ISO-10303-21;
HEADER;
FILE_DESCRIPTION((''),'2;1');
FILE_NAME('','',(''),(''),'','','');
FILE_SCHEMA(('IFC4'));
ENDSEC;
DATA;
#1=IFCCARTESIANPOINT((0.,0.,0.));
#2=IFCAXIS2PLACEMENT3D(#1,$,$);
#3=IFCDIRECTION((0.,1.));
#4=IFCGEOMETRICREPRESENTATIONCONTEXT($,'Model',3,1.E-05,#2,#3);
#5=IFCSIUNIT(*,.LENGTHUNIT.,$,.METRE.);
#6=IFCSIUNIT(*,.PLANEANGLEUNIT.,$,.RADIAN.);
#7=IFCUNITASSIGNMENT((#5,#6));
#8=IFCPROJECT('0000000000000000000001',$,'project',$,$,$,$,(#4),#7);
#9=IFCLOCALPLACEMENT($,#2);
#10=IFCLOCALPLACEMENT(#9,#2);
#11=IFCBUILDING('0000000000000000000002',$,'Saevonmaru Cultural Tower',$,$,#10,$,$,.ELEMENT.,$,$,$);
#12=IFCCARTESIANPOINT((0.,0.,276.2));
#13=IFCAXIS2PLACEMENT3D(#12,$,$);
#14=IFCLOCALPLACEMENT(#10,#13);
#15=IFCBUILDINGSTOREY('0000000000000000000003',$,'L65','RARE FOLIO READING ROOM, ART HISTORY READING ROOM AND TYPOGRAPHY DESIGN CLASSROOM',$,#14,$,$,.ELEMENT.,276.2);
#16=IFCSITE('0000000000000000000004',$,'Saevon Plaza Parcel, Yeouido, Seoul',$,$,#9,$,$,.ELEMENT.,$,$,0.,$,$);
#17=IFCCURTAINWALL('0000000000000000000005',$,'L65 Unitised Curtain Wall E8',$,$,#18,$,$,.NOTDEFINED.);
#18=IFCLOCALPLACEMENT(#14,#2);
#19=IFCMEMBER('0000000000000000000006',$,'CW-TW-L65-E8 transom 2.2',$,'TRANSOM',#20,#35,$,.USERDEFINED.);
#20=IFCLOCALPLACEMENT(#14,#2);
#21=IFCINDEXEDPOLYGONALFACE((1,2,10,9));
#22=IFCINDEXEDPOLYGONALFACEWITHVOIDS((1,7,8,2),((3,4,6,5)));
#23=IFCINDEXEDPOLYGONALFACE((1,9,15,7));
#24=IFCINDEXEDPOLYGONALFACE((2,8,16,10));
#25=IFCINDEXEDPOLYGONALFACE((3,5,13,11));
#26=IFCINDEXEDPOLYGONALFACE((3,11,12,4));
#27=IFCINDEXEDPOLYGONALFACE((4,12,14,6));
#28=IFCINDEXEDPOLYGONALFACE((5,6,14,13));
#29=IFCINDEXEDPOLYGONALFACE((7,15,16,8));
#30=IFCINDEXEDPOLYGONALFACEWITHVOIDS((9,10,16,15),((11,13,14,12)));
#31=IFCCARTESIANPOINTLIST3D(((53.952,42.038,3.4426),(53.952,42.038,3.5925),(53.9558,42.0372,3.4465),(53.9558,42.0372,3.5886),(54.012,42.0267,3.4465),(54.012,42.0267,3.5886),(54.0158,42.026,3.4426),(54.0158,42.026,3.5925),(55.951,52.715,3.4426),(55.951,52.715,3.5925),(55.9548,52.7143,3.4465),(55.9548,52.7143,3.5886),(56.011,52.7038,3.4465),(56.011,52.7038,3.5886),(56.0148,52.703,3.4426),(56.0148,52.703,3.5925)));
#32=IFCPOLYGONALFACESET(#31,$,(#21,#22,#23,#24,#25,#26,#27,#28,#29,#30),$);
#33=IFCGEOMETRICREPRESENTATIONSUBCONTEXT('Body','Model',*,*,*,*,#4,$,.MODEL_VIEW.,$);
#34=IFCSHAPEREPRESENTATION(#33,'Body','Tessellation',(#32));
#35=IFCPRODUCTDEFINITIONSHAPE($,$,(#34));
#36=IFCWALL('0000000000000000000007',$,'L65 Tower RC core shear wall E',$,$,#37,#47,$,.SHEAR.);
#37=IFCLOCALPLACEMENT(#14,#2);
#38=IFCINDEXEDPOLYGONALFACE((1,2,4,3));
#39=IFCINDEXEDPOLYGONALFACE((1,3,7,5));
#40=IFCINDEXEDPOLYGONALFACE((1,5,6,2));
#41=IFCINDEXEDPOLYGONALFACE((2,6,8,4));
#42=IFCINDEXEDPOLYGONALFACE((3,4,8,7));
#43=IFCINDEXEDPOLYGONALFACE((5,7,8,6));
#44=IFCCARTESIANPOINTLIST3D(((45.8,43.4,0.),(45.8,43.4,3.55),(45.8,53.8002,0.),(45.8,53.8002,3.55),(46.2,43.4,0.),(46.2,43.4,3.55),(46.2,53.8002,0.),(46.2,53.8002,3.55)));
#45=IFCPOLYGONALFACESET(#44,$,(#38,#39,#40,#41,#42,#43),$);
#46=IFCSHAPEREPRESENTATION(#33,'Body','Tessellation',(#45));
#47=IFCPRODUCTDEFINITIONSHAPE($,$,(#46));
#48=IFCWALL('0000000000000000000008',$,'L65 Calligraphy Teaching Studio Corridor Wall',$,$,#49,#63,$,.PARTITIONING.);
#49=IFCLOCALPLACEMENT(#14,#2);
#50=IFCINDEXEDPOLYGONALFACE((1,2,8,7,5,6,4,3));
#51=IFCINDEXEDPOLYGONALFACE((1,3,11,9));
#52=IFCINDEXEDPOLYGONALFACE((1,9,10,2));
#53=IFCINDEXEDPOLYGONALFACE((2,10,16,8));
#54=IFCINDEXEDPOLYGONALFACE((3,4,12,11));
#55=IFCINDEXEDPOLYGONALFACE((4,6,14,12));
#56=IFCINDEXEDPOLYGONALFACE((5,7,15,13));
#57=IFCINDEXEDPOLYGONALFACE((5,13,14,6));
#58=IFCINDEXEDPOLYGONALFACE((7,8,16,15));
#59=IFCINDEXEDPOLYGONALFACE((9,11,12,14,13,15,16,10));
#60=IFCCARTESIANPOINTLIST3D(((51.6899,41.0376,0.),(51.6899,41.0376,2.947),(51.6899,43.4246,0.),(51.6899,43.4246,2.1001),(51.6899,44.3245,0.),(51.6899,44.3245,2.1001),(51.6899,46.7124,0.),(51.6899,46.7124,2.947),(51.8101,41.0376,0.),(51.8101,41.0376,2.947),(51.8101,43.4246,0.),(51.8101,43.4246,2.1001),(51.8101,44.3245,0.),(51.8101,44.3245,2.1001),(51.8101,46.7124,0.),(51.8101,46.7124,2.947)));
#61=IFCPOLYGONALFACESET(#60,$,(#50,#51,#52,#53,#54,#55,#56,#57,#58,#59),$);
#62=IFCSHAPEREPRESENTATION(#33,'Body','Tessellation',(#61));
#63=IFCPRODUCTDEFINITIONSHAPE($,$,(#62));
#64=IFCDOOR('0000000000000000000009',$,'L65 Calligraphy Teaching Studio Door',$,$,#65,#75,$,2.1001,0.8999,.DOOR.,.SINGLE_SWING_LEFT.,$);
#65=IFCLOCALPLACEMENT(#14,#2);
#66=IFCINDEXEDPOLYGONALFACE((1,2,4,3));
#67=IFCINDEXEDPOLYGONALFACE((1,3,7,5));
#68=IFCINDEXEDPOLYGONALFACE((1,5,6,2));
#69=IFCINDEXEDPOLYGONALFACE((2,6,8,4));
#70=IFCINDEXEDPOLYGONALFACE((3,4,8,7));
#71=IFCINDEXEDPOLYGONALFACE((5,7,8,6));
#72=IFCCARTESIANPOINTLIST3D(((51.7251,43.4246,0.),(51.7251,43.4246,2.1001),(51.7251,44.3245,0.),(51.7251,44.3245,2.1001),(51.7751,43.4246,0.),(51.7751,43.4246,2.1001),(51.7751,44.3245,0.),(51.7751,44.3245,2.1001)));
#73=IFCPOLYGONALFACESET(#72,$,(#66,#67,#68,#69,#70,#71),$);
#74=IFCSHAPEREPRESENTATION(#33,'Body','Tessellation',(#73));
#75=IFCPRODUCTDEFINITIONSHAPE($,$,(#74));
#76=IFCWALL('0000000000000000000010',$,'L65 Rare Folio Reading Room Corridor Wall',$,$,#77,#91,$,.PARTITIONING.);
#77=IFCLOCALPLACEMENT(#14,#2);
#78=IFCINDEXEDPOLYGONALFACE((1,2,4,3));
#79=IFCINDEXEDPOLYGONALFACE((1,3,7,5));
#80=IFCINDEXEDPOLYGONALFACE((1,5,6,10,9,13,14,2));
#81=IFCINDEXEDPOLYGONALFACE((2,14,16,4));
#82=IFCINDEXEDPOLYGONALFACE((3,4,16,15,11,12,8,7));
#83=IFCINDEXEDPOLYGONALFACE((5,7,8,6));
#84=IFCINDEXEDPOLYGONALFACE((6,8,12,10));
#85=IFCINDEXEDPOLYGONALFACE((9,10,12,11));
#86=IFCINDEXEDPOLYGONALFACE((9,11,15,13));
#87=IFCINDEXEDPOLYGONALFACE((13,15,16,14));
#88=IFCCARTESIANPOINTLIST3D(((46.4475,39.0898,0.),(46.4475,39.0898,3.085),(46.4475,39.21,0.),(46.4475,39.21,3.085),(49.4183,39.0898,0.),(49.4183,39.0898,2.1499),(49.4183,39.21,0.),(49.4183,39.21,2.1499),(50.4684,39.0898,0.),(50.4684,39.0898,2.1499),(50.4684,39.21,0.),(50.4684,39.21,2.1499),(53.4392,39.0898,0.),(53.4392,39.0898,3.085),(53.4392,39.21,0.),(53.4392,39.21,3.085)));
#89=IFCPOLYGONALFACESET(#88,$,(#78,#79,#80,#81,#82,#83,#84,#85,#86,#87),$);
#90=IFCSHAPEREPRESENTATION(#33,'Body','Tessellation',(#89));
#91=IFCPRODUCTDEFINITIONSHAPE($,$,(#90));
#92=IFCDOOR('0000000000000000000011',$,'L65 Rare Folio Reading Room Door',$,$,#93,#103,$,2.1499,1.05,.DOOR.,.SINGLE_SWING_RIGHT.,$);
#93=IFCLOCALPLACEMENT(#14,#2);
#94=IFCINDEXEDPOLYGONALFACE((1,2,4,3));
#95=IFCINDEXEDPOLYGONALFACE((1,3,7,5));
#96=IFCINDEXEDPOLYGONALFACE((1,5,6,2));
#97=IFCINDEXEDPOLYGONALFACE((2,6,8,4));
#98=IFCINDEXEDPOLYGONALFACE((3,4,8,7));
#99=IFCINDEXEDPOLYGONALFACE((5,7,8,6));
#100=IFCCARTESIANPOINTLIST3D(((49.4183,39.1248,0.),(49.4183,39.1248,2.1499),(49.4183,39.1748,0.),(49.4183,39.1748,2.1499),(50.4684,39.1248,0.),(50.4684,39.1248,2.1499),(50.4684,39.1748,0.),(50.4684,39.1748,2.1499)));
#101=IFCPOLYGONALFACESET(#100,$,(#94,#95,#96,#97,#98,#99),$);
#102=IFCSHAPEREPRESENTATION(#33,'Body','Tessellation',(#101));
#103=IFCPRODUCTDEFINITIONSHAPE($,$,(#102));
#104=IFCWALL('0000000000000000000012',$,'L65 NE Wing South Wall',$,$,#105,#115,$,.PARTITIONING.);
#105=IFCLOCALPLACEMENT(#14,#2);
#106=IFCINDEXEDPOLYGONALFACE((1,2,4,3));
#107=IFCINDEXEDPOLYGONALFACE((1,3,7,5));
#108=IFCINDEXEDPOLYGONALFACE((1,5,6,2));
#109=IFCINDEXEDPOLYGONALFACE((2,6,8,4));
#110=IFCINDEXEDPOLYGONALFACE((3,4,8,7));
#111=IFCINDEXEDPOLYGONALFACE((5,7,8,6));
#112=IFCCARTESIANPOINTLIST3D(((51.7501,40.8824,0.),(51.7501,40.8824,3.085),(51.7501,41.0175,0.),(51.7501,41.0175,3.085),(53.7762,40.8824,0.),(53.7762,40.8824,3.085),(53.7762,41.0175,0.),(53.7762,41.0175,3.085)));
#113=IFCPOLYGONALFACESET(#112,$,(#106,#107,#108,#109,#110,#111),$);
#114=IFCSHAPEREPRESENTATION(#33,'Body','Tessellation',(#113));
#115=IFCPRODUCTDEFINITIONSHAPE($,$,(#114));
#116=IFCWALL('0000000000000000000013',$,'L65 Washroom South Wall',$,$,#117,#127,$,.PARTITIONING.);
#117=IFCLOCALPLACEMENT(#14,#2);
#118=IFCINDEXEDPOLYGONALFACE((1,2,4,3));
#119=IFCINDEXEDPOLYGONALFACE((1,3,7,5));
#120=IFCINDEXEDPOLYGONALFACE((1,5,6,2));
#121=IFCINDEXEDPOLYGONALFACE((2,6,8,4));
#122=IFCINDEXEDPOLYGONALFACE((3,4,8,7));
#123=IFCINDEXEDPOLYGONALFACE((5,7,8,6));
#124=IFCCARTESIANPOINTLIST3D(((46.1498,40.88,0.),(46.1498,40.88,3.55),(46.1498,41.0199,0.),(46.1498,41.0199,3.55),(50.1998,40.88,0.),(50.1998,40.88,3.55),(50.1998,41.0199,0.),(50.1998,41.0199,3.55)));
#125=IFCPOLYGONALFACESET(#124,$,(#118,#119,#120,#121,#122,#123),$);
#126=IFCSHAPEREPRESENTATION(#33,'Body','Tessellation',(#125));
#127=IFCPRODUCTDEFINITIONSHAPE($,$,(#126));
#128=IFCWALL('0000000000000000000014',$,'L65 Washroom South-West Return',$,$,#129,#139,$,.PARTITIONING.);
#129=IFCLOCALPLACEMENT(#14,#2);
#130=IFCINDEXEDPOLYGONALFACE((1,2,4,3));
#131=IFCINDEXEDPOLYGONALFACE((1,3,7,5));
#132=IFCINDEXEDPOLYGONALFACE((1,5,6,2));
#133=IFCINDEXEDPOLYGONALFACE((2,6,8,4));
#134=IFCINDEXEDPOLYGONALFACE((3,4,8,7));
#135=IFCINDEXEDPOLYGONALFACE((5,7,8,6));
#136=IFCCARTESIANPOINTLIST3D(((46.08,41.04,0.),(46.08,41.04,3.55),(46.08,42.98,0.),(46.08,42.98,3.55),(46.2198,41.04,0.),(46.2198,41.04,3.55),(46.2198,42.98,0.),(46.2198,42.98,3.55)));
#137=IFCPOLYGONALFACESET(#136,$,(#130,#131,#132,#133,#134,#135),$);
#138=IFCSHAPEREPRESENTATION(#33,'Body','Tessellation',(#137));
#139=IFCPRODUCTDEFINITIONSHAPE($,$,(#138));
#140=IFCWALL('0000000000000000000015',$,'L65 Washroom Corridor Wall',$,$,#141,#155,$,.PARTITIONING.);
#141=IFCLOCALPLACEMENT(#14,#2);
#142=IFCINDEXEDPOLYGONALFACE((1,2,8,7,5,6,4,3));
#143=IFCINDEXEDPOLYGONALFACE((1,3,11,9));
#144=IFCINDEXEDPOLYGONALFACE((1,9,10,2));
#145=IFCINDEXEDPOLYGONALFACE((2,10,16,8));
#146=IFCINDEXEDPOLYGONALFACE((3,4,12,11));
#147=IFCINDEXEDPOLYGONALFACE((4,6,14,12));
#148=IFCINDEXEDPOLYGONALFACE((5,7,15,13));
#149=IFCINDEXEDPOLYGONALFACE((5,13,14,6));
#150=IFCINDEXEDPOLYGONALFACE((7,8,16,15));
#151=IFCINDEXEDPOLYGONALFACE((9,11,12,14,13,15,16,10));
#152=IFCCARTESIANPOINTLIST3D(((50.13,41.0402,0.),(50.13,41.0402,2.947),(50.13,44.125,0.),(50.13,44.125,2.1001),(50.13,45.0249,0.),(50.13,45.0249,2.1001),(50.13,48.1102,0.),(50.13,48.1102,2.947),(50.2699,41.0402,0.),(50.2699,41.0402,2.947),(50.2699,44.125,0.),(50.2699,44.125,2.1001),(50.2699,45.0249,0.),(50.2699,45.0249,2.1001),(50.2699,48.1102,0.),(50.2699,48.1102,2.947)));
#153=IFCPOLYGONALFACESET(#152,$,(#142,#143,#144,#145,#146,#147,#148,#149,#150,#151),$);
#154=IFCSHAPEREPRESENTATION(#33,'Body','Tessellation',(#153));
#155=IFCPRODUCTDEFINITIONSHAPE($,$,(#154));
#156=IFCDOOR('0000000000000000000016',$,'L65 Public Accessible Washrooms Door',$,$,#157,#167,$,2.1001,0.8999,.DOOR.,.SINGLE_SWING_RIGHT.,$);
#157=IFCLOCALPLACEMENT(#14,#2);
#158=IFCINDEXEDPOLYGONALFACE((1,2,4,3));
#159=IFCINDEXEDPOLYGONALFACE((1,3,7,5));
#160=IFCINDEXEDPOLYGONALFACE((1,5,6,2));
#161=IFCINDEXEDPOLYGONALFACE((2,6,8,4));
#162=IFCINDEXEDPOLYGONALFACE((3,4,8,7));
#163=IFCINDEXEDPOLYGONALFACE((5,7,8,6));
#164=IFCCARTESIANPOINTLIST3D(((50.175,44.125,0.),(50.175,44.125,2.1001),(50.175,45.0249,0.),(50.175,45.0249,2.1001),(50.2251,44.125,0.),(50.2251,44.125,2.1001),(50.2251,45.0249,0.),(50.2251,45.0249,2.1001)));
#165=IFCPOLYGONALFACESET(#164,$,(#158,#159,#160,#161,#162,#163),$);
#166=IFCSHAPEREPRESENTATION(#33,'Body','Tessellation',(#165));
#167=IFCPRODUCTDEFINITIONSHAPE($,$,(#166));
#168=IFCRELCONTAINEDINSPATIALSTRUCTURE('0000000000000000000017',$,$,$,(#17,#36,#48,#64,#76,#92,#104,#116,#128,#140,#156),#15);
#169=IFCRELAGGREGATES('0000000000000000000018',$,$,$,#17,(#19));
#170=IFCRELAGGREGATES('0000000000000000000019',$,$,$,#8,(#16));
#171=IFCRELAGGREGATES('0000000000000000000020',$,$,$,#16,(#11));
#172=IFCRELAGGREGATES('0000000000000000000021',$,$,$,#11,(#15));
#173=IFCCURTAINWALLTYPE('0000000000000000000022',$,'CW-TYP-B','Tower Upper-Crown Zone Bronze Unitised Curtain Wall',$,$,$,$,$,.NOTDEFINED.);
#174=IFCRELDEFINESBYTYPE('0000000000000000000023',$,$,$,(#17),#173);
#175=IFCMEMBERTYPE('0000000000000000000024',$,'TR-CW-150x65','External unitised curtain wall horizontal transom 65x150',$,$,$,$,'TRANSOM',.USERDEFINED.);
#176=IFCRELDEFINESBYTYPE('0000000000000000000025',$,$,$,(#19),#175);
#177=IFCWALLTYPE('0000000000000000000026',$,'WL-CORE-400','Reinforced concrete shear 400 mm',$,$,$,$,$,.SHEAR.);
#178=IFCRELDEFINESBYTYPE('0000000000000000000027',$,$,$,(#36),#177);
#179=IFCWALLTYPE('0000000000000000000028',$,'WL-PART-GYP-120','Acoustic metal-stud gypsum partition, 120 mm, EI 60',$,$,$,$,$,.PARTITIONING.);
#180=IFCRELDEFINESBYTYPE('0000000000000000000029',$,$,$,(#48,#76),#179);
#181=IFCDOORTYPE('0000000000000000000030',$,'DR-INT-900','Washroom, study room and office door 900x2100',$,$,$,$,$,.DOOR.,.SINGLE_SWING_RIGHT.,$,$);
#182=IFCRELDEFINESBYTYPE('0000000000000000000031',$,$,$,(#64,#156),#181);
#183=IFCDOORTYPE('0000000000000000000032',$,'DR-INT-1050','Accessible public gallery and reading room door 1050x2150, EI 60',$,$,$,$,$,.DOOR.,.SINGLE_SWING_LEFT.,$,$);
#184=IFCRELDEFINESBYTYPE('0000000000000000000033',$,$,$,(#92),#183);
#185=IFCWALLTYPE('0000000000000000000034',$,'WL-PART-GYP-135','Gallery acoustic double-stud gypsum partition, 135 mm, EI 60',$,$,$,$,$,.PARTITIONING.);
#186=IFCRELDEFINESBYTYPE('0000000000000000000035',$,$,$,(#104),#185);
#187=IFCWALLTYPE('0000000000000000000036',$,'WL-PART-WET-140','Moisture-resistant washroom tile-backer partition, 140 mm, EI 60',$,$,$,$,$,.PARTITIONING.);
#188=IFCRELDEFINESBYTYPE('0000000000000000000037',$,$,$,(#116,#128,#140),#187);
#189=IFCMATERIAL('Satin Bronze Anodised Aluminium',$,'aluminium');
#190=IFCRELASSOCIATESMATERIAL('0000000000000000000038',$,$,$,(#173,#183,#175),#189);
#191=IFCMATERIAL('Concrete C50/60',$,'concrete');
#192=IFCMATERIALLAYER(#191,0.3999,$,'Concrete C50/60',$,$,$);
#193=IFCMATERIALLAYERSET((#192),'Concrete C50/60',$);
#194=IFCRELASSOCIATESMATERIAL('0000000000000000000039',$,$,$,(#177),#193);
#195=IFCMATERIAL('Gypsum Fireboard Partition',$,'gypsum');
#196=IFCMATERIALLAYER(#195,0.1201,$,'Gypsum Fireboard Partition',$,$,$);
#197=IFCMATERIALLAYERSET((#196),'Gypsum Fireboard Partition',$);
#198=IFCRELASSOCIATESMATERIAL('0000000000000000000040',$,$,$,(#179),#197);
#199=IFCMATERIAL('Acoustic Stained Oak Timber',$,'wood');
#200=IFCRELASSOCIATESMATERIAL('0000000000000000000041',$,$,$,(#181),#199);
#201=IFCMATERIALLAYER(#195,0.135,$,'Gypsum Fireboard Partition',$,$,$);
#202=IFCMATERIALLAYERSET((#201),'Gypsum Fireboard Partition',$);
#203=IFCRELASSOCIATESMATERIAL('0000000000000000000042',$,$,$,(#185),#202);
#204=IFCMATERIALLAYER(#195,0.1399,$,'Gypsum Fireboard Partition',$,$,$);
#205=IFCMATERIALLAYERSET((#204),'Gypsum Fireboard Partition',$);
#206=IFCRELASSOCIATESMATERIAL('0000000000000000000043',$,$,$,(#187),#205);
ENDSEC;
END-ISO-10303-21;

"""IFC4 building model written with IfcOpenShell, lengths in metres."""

from ifc_helpers import new_model, si_unit, direction, frame, frame_2d, origin, origin_2d, place, context, subcontext, project, spatial, rectangle, hollow_rectangle, extrude, material, layer, layer_set, material_profile, profile_set, type_object, element, fill, aggregate, save


model = new_model("IFC4")

# Units and contexts
model_context = context("Model", 3, precision=1e-05, world=origin(), true_north=direction((0.0, 1.0)))
body_context = subcontext(model_context, "Body", "Model", "MODEL_VIEW")
ifc_project = project(units=[si_unit("LENGTHUNIT", "METRE"), si_unit("PLANEANGLEUNIT", "RADIAN")], contexts=[model_context])

# Site, building, storey
site_placement = place(None, origin())
site = spatial("IfcSite", under=ifc_project, at=site_placement, Name="Saevon Plaza Parcel, Yeouido, Seoul", CompositionType="ELEMENT", RefElevation=0.0)
building_placement = place(site_placement, origin())
building = spatial("IfcBuilding", under=site, at=building_placement, Name="Saevonmaru Cultural Tower", CompositionType="ELEMENT")
storey_placement = place(building_placement, frame((0.0, 0.0, 276.2)))
storey = spatial("IfcBuildingStorey", under=building, at=storey_placement, Name="L65", Description="RARE FOLIO READING ROOM, ART HISTORY READING ROOM AND TYPOGRAPHY DESIGN CLASSROOM", CompositionType="ELEMENT", Elevation=276.2)

# Curtain wall, member
ifc_material_1 = material(Name="Satin Bronze Anodised Aluminium", Category="aluminium")
curtain_wall_type = type_object("IfcCurtainWallType", Name="CW-TYP-B", Description="Tower Upper-Crown Zone Bronze Unitised Curtain Wall", PredefinedType="NOTDEFINED", material=ifc_material_1)
curtain_wall_placement = place(storey_placement, origin())
curtain_wall = element("IfcCurtainWall", 1, at=curtain_wall_placement, inside=storey, type_object=curtain_wall_type, Name="L65 Unitised Curtain Wall E8", PredefinedType="NOTDEFINED")
ifc_material_profile_1 = material_profile(ifc_material_1, hollow_rectangle(XDim=0.0649, YDim=0.1499, WallThickness=0.0039, at=origin_2d()), Name="ALU-TRAN-150x65x4")
ifc_profile_set_1 = profile_set([ifc_material_profile_1], Name="Satin Bronze Anodised Aluminium")
member_type_1 = type_object("IfcMemberType", Name="TR-CW-150x65", Description="External unitised curtain wall horizontal transom 65x150", ElementType="TRANSOM", PredefinedType="USERDEFINED", material=ifc_profile_set_1)
member_1_placement = place(storey_placement, frame((53.9839, 42.032, 3.5176), z_axis=(0.184029, 0.982921, 0.0), x_axis=(-0.982921, 0.184029, 0.0)))
member_1 = element("IfcMember", 2, at=member_1_placement, type_object=member_type_1, Name="CW-TW-L65-E8 transom 2.2", ObjectType="TRANSOM", PredefinedType="USERDEFINED", context=body_context, shape_type="SweptSolid", body=[
    extrude(hollow_rectangle(XDim=0.0649, YDim=0.1499, WallThickness=0.0039, at=origin_2d()), origin(), (0.0, 0.0, 1.0), 10.8625),
])
aggregate(curtain_wall, [member_1])

# Wall
ifc_material_2 = material(Name="Concrete C50/60", Category="concrete")
ifc_layer_1 = layer(ifc_material_2, 0.3999, Name="Concrete C50/60")
ifc_layer_set_1 = layer_set([ifc_layer_1], Name="Concrete C50/60")
wall_type_1 = type_object("IfcWallType", Name="WL-CORE-400", Description="Reinforced concrete shear 400 mm", PredefinedType="SHEAR", material=ifc_layer_set_1)
wall_1_placement = place(storey_placement, frame((46.0, 43.3999, 0.0), z_axis=(0.0, 0.0, 1.0), x_axis=(0.0, 1.0, 0.0)))
element("IfcWall", 3, at=wall_1_placement, inside=storey, type_object=wall_type_1, Name="L65 Tower RC core shear wall E", PredefinedType="SHEAR", context=body_context, shape_type="SweptSolid", body=[
    extrude(rectangle(XDim=10.4001, YDim=0.3999, at=frame_2d((5.2002, 0.0))), origin(), (0.0, 0.0, 1.0), 3.55),
])

# Walls, openings, doors
ifc_material_3 = material(Name="Gypsum Fireboard Partition", Category="gypsum")
door_type_1 = type_object("IfcDoorType", Name="DR-INT-1050", Description="Accessible public gallery and reading room door 1050x2150, EI 60", OperationType="SINGLE_SWING_LEFT", PredefinedType="DOOR", material=ifc_material_1)
ifc_layer_2 = layer(ifc_material_3, 0.1201, Name="Gypsum Fireboard Partition")
ifc_layer_set_2 = layer_set([ifc_layer_2], Name="Gypsum Fireboard Partition")
wall_type_2 = type_object("IfcWallType", Name="WL-PART-GYP-120", Description="Acoustic metal-stud gypsum partition, 120 mm, EI 60", PredefinedType="PARTITIONING", material=ifc_layer_set_2)
wall_2_placement = place(storey_placement, frame((51.75, 41.0376, 0.0), z_axis=(0.0, 0.0, 1.0), x_axis=(0.0, 1.0, 0.0)))
wall_2 = element("IfcWall", 4, at=wall_2_placement, inside=storey, type_object=wall_type_2, Name="L65 Calligraphy Teaching Studio Corridor Wall", PredefinedType="PARTITIONING", context=body_context, shape_type="SweptSolid", body=[
    extrude(rectangle(XDim=5.6748, YDim=0.1201, at=frame_2d((2.8374, 0.0))), origin(), (0.0, 0.0, 1.0), 2.947),
])
opening_1_placement = place(wall_2_placement, frame((2.387, 0.0, 0.0)))
opening_1 = element("IfcOpeningElement", 5, at=opening_1_placement, cuts=wall_2, PredefinedType="OPENING", context=body_context, shape_type="SweptSolid", body=[
    extrude(rectangle(XDim=0.8999, YDim=2.1001, at=frame_2d((0.45, 1.05))), frame((0.0, 0.0701, 0.0), z_axis=(0.0, -1.0, 0.0), x_axis=(1.0, 0.0, 0.0)), (0.0, 0.0, 1.0), 0.1401),
])
ifc_material_4 = material(Name="Acoustic Stained Oak Timber", Category="wood")
door_type_2 = type_object("IfcDoorType", Name="DR-INT-900", Description="Washroom, study room and office door 900x2100", OperationType="SINGLE_SWING_RIGHT", PredefinedType="DOOR", material=ifc_material_4)
door_1_placement = place(opening_1_placement, origin())
door_1 = element("IfcDoor", 6, at=door_1_placement, inside=storey, type_object=door_type_2, Name="L65 Calligraphy Teaching Studio Door", OperationType="SINGLE_SWING_LEFT", OverallHeight=2.1001, OverallWidth=0.8999, PredefinedType="DOOR", context=body_context, shape_type="SweptSolid", body=[
    extrude(rectangle(XDim=0.8999, YDim=2.1001, at=frame_2d((0.45, 1.05))), frame((0.0, 0.0249, 0.0), z_axis=(0.0, -1.0, 0.0), x_axis=(1.0, 0.0, 0.0)), (0.0, 0.0, 1.0), 0.05),
])
fill(opening_1, door_1)
wall_3_placement = place(storey_placement, frame((46.4475, 39.1499, 0.0), z_axis=(0.0, 0.0, 1.0), x_axis=(1.0, 0.0, 0.0)))
wall_3 = element("IfcWall", 7, at=wall_3_placement, inside=storey, type_object=wall_type_2, Name="L65 Rare Folio Reading Room Corridor Wall", PredefinedType="PARTITIONING", context=body_context, shape_type="SweptSolid", body=[
    extrude(rectangle(XDim=6.9917, YDim=0.1201, at=frame_2d((3.4958, 0.0))), origin(), (0.0, 0.0, 1.0), 3.085),
])
opening_2_placement = place(wall_3_placement, frame((2.9709, 0.0, 0.0)))
opening_2 = element("IfcOpeningElement", 8, at=opening_2_placement, cuts=wall_3, PredefinedType="OPENING", context=body_context, shape_type="SweptSolid", body=[
    extrude(rectangle(XDim=1.05, YDim=2.1499, at=frame_2d((0.5249, 1.075))), frame((0.0, 0.0701, 0.0), z_axis=(0.0, -1.0, 0.0), x_axis=(1.0, 0.0, 0.0)), (0.0, 0.0, 1.0), 0.1401),
])
door_2_placement = place(opening_2_placement, origin())
door_2 = element("IfcDoor", 9, at=door_2_placement, inside=storey, type_object=door_type_1, Name="L65 Rare Folio Reading Room Door", OperationType="SINGLE_SWING_RIGHT", OverallHeight=2.1499, OverallWidth=1.05, PredefinedType="DOOR", context=body_context, shape_type="SweptSolid", body=[
    extrude(rectangle(XDim=1.05, YDim=2.1499, at=frame_2d((0.5249, 1.075))), frame((0.0, 0.0249, 0.0), z_axis=(0.0, -1.0, 0.0), x_axis=(1.0, 0.0, 0.0)), (0.0, 0.0, 1.0), 0.05),
])
fill(opening_2, door_2)

# Walls
ifc_layer_3 = layer(ifc_material_3, 0.135, Name="Gypsum Fireboard Partition")
ifc_layer_set_3 = layer_set([ifc_layer_3], Name="Gypsum Fireboard Partition")
wall_type_3 = type_object("IfcWallType", Name="WL-PART-GYP-135", Description="Gallery acoustic double-stud gypsum partition, 135 mm, EI 60", PredefinedType="PARTITIONING", material=ifc_layer_set_3)
wall_4_placement = place(storey_placement, frame((51.75, 40.95, 0.0), z_axis=(0.0, 0.0, 1.0), x_axis=(1.0, 0.0, 0.0)))
element("IfcWall", 10, at=wall_4_placement, inside=storey, type_object=wall_type_3, Name="L65 NE Wing South Wall", PredefinedType="PARTITIONING", context=body_context, shape_type="SweptSolid", body=[
    extrude(rectangle(XDim=2.0261, YDim=0.135, at=frame_2d((1.0132, 0.0))), origin(), (0.0, 0.0, 1.0), 3.085),
])
ifc_layer_4 = layer(ifc_material_3, 0.1399, Name="Gypsum Fireboard Partition")
ifc_layer_set_4 = layer_set([ifc_layer_4], Name="Gypsum Fireboard Partition")
wall_type_4 = type_object("IfcWallType", Name="WL-PART-WET-140", Description="Moisture-resistant washroom tile-backer partition, 140 mm, EI 60", PredefinedType="PARTITIONING", material=ifc_layer_set_4)
wall_5_placement = place(storey_placement, frame((46.1499, 40.95, 0.0), z_axis=(0.0, 0.0, 1.0), x_axis=(1.0, 0.0, 0.0)))
element("IfcWall", 11, at=wall_5_placement, inside=storey, type_object=wall_type_4, Name="L65 Washroom South Wall", PredefinedType="PARTITIONING", context=body_context, shape_type="SweptSolid", body=[
    extrude(rectangle(XDim=4.05, YDim=0.1399, at=frame_2d((2.0249, 0.0))), origin(), (0.0, 0.0, 1.0), 3.55),
])
wall_6_placement = place(storey_placement, frame((46.1499, 41.04, 0.0), z_axis=(0.0, 0.0, 1.0), x_axis=(0.0, 1.0, 0.0)))
element("IfcWall", 12, at=wall_6_placement, inside=storey, type_object=wall_type_4, Name="L65 Washroom South-West Return", PredefinedType="PARTITIONING", context=body_context, shape_type="SweptSolid", body=[
    extrude(rectangle(XDim=1.9399, YDim=0.1399, at=frame_2d((0.97, 0.0))), origin(), (0.0, 0.0, 1.0), 3.55),
])

# Wall, opening, door
wall_7_placement = place(storey_placement, frame((50.2, 41.04, 0.0), z_axis=(0.0, 0.0, 1.0), x_axis=(0.0, 1.0, 0.0)))
wall_7 = element("IfcWall", 13, at=wall_7_placement, inside=storey, type_object=wall_type_4, Name="L65 Washroom Corridor Wall", PredefinedType="PARTITIONING", context=body_context, shape_type="SweptSolid", body=[
    extrude(rectangle(XDim=7.0701, YDim=0.1399, at=frame_2d((3.5352, 0.0))), origin(), (0.0, 0.0, 1.0), 2.947),
])
opening_3_placement = place(wall_7_placement, frame((3.085, 0.0, 0.0)))
opening_3 = element("IfcOpeningElement", 14, at=opening_3_placement, cuts=wall_7, PredefinedType="OPENING", context=body_context, shape_type="SweptSolid", body=[
    extrude(rectangle(XDim=0.8999, YDim=2.1001, at=frame_2d((0.45, 1.05))), frame((0.0, 0.0801, 0.0), z_axis=(0.0, -1.0, 0.0), x_axis=(1.0, 0.0, 0.0)), (0.0, 0.0, 1.0), 0.1599),
])
door_3_placement = place(opening_3_placement, origin())
door_3 = element("IfcDoor", 15, at=door_3_placement, inside=storey, type_object=door_type_2, Name="L65 Public Accessible Washrooms Door", OperationType="SINGLE_SWING_RIGHT", OverallHeight=2.1001, OverallWidth=0.8999, PredefinedType="DOOR", context=body_context, shape_type="SweptSolid", body=[
    extrude(rectangle(XDim=0.8999, YDim=2.1001, at=frame_2d((0.45, 1.05))), frame((0.0, 0.0249, 0.0), z_axis=(0.0, -1.0, 0.0), x_axis=(1.0, 0.0, 0.0)), (0.0, 0.0, 1.0), 0.05),
])
fill(opening_3, door_3)

save(model, "model.ifc")
